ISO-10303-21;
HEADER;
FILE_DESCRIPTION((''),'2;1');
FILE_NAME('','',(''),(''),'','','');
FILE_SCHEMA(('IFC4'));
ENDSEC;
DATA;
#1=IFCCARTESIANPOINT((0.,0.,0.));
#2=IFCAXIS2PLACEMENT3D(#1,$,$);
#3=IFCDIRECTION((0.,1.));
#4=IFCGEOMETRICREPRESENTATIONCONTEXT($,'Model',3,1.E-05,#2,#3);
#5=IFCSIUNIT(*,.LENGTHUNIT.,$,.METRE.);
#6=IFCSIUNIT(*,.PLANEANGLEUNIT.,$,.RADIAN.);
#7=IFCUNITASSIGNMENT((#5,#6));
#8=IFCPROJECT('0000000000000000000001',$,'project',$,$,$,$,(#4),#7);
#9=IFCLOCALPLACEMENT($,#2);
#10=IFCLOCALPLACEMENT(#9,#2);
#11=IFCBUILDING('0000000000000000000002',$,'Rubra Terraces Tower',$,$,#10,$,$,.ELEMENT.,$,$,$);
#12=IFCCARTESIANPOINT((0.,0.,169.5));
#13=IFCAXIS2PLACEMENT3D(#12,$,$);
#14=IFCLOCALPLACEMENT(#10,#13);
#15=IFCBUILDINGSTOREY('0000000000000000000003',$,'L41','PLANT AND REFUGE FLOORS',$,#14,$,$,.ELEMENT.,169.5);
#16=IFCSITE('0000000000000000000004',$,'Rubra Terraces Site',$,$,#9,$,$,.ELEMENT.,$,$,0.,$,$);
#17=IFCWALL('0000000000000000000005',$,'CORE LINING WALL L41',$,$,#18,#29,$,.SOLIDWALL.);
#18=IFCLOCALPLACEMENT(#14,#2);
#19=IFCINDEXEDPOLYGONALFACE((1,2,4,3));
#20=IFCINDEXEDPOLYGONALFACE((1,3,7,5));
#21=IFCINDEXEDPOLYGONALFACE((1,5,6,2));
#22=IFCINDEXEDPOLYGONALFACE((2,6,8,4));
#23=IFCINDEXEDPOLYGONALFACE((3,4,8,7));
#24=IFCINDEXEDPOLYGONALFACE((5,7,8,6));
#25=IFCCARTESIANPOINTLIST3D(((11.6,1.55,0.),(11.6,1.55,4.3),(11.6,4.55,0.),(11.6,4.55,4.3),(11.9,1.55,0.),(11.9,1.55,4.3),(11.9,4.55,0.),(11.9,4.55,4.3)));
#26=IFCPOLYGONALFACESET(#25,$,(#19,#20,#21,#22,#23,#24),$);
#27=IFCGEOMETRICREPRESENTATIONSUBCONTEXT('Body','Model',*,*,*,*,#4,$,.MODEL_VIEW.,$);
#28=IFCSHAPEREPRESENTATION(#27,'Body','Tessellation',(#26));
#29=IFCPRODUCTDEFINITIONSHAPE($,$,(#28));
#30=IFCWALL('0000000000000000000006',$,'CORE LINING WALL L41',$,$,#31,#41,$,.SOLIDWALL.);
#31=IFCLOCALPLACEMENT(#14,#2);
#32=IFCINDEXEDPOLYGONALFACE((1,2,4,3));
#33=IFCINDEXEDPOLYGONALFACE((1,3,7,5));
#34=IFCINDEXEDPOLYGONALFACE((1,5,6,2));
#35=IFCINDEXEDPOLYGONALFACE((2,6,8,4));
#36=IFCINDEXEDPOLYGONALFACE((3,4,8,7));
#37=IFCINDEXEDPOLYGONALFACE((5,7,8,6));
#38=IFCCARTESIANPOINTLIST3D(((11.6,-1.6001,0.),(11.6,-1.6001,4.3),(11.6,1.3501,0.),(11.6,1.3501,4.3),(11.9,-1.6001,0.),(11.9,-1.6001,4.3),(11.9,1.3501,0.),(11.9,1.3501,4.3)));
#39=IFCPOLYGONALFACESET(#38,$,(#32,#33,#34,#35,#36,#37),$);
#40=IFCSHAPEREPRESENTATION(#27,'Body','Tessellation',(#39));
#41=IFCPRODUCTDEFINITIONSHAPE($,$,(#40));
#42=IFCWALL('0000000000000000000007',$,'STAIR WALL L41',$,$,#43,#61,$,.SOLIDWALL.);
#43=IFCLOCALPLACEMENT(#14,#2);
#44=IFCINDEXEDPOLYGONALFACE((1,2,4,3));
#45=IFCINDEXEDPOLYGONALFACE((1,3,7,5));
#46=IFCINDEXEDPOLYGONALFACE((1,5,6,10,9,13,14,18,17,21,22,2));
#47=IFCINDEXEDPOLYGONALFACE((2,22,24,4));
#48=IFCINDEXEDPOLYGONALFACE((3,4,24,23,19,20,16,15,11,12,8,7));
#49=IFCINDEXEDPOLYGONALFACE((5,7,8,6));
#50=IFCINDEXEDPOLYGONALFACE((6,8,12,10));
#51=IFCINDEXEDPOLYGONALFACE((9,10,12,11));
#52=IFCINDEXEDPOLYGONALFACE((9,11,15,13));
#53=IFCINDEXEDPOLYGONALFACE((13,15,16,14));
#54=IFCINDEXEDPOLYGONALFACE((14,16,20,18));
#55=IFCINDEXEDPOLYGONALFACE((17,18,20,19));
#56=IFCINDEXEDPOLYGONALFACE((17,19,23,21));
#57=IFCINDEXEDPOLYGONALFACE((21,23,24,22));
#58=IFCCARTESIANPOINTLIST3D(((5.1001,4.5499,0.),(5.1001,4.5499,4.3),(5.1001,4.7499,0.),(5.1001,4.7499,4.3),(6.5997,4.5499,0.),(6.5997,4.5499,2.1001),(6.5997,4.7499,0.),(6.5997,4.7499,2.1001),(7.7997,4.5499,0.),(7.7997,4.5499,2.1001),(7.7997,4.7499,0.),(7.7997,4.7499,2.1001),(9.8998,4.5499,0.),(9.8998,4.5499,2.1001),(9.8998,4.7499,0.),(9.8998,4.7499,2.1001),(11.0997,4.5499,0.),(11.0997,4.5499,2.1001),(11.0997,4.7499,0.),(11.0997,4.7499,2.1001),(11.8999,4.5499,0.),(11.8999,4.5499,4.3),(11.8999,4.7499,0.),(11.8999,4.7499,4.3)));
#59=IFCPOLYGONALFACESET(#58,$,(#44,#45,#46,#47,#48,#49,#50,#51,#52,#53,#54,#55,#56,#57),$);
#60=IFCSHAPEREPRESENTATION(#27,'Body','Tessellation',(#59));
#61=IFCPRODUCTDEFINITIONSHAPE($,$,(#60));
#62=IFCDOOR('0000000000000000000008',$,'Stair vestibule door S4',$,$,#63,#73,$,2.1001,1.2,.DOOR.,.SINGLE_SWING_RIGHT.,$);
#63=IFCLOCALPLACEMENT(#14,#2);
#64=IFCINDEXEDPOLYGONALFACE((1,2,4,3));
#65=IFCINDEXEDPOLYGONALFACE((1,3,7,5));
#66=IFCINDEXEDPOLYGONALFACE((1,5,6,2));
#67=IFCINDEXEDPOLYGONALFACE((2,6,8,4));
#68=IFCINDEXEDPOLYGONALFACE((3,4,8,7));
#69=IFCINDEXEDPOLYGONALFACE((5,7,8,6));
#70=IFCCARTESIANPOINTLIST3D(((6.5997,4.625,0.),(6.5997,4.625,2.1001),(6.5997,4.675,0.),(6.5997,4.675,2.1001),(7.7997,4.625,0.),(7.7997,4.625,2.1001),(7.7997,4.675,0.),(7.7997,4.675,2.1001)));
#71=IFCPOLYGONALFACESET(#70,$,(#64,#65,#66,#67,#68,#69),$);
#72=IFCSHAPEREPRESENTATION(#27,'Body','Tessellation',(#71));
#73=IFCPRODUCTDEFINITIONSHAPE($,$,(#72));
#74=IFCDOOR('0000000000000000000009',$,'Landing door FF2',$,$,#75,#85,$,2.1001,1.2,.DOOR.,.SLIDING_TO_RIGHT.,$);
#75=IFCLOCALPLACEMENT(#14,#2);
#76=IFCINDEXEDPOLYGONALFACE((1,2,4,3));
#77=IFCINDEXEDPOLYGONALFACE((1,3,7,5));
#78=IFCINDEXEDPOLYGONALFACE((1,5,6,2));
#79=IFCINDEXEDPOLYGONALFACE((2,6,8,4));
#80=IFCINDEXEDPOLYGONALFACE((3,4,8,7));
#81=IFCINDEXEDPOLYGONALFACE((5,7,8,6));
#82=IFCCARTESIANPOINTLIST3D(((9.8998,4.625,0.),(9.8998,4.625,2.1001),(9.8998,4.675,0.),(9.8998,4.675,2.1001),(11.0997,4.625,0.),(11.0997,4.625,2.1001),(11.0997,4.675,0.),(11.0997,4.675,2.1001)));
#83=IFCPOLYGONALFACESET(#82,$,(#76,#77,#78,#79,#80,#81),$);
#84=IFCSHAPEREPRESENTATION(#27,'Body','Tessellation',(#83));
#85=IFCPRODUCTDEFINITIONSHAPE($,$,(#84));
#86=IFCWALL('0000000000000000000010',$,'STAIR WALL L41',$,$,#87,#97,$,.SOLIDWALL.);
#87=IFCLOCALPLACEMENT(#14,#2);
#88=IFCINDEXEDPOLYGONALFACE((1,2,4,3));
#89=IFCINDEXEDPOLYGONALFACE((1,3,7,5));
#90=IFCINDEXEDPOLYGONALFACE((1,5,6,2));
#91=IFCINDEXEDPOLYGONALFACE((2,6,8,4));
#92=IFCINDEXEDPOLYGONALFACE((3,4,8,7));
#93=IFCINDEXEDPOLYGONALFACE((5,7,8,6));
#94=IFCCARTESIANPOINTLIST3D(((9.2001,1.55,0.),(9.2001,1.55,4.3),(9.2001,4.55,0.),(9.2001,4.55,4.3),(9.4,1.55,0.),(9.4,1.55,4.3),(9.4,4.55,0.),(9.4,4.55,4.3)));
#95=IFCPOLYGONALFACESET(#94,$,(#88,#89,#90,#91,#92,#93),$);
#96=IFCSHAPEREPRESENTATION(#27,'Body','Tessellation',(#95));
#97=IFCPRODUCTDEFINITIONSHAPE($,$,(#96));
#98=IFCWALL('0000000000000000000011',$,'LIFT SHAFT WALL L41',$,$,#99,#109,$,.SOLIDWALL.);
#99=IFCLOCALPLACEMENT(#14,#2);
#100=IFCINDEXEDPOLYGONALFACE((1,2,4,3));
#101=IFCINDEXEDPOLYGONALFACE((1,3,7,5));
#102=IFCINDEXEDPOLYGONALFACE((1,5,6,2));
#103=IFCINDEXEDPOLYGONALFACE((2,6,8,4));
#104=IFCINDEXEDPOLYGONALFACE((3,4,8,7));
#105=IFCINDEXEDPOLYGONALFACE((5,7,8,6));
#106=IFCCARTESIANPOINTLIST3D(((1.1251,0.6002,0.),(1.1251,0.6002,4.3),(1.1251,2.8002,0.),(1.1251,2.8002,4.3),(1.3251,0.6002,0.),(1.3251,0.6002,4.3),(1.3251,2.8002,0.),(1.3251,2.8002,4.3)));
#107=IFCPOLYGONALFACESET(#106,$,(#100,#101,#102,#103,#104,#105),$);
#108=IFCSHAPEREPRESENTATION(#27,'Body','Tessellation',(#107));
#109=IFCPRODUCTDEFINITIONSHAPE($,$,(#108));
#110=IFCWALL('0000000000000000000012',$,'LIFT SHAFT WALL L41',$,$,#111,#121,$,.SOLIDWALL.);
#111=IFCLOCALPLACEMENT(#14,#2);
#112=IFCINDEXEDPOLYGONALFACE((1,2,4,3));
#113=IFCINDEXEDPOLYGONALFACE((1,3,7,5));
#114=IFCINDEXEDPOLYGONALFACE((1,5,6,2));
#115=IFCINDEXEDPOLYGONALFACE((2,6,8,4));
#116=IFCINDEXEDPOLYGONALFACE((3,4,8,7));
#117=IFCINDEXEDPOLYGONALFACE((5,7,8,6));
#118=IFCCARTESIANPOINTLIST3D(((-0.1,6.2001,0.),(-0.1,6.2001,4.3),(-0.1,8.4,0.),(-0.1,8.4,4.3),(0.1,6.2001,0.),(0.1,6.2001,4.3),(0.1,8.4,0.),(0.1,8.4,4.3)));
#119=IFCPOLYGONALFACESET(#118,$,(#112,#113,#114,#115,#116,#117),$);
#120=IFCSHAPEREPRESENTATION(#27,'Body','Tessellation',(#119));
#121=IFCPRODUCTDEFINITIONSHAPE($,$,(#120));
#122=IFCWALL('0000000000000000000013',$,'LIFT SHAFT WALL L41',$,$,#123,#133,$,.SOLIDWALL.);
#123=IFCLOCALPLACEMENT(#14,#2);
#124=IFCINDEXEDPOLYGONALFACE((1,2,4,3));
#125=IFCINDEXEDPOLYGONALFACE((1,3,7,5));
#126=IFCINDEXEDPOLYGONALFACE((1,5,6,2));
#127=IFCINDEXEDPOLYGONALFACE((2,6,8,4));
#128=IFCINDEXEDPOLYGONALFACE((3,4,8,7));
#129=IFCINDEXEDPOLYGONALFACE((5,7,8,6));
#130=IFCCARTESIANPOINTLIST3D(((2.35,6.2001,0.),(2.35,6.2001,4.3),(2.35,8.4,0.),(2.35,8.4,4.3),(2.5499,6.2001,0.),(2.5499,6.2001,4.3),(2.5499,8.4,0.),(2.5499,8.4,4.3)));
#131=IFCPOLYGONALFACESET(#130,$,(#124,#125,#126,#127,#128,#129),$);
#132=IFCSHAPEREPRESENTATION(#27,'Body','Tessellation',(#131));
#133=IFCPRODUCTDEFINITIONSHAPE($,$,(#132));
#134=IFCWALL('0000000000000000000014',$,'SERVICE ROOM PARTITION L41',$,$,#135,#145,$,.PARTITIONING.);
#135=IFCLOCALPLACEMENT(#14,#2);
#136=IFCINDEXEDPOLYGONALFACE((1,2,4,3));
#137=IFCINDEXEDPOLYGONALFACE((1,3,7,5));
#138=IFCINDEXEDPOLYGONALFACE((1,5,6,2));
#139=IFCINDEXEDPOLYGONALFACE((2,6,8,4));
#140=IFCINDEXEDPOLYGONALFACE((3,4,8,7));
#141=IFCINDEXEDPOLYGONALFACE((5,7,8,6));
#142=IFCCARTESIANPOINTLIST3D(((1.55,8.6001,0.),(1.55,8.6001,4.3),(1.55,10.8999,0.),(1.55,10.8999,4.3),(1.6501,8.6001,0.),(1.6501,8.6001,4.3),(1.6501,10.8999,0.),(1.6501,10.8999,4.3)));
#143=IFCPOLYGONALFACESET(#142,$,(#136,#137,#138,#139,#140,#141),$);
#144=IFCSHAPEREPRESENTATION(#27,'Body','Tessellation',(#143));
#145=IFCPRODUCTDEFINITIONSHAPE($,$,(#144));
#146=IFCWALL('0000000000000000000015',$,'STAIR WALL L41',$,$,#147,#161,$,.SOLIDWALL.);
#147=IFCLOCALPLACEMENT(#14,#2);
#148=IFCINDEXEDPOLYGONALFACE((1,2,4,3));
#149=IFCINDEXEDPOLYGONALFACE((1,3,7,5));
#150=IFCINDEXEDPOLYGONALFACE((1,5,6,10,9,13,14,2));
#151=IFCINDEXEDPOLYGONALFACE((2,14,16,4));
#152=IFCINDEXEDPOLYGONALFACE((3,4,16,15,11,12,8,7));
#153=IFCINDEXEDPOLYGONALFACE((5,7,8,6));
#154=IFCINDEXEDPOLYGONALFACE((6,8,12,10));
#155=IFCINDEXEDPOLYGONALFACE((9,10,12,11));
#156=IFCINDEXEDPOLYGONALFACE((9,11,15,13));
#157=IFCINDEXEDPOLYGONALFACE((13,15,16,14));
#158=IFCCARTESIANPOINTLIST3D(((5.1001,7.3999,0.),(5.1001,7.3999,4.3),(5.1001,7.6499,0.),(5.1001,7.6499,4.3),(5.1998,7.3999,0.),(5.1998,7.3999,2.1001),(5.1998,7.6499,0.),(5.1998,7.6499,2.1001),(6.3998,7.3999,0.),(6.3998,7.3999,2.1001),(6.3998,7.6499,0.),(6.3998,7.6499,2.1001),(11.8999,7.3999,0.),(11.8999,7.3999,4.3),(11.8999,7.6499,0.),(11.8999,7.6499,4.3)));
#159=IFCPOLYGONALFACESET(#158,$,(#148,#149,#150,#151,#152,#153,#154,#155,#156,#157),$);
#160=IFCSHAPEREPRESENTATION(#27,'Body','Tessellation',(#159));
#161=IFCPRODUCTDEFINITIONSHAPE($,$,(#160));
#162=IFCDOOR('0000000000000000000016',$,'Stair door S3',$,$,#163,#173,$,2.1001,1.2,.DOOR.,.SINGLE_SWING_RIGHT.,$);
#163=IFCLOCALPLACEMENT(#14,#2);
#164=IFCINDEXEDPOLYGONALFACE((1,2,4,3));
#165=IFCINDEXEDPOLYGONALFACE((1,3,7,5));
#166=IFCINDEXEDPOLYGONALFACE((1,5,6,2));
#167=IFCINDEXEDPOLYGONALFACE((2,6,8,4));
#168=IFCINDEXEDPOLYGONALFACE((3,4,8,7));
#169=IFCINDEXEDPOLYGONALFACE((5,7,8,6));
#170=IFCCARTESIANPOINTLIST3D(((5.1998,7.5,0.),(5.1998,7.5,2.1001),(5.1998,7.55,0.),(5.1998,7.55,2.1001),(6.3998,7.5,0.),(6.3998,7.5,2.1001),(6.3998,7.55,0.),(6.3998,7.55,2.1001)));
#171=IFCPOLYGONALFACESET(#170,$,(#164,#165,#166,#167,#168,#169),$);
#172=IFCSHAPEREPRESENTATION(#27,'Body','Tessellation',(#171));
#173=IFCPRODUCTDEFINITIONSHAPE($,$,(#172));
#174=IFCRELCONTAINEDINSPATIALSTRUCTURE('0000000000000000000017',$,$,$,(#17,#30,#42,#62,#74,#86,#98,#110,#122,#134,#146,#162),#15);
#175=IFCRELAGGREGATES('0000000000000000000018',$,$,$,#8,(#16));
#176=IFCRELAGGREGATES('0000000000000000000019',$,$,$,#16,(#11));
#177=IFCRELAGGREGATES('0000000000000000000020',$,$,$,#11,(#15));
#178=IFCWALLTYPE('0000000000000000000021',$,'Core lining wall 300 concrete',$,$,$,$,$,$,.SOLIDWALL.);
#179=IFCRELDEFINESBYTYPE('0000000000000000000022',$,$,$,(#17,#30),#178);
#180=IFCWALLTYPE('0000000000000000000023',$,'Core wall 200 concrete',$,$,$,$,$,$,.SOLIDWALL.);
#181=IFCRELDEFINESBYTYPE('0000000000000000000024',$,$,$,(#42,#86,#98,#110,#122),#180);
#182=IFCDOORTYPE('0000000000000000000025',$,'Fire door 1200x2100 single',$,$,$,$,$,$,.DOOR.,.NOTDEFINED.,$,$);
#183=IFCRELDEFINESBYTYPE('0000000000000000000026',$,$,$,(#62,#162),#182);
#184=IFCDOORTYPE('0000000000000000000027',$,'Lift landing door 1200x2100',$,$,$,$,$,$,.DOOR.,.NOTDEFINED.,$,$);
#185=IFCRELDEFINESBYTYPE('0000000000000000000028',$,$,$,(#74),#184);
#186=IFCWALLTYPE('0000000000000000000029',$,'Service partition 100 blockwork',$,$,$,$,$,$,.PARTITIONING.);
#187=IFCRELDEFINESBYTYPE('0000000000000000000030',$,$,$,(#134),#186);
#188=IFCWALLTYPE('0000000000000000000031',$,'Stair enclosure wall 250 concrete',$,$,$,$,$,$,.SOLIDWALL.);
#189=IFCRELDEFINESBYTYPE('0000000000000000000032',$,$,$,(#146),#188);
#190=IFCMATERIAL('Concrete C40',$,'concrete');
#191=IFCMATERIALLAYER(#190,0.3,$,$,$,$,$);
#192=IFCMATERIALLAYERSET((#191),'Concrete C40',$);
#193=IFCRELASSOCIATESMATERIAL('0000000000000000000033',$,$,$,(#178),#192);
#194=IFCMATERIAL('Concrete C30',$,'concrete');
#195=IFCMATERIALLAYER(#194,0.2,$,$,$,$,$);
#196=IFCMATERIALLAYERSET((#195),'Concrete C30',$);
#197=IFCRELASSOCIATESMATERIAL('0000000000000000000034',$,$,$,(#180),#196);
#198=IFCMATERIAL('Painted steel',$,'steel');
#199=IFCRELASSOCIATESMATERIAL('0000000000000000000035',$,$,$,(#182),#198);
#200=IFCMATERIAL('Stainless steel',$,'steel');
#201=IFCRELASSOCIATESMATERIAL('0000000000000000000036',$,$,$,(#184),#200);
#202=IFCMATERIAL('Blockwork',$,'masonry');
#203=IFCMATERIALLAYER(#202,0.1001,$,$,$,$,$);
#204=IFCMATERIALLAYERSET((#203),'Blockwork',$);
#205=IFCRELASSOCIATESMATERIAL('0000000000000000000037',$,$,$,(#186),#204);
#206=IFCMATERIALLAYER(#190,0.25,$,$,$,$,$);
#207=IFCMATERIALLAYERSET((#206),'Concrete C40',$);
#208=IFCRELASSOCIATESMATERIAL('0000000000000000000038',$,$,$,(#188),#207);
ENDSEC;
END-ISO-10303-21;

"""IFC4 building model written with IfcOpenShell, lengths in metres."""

from ifc_helpers import new_model, si_unit, direction, frame, frame_2d, origin, place, context, subcontext, project, spatial, rectangle, extrude, material, layer, layer_set, type_object, element, fill, save


model = new_model("IFC4")

# Units and contexts
model_context = context("Model", 3, precision=1e-05, world=origin(), true_north=direction((0.0, 1.0)))
body_context = subcontext(model_context, "Body", "Model", "MODEL_VIEW")
ifc_project = project(units=[si_unit("LENGTHUNIT", "METRE"), si_unit("PLANEANGLEUNIT", "RADIAN")], contexts=[model_context])

# Site, building, storey
site_placement = place(None, origin())
site = spatial("IfcSite", under=ifc_project, at=site_placement, Name="Rubra Terraces Site", CompositionType="ELEMENT", RefElevation=0.0)
building_placement = place(site_placement, origin())
building = spatial("IfcBuilding", under=site, at=building_placement, Name="Rubra Terraces Tower", CompositionType="ELEMENT")
storey_placement = place(building_placement, frame((0.0, 0.0, 169.5)))
storey = spatial("IfcBuildingStorey", under=building, at=storey_placement, Name="L41", Description="PLANT AND REFUGE FLOORS", CompositionType="ELEMENT", Elevation=169.5)

# Walls
ifc_material_1 = material(Name="Concrete C40", Category="concrete")
ifc_layer_1 = layer(ifc_material_1, 0.3)
ifc_layer_set_1 = layer_set([ifc_layer_1], Name="Concrete C40")
wall_type_1 = type_object("IfcWallType", Name="Core lining wall 300 concrete", PredefinedType="SOLIDWALL", material=ifc_layer_set_1)
wall_1_placement = place(storey_placement, frame((11.75, 4.55, 0.0), z_axis=(0.0, 0.0, 1.0), x_axis=(0.0, -1.0, 0.0)))
element("IfcWall", 1, at=wall_1_placement, inside=storey, type_object=wall_type_1, Name="CORE LINING WALL L41", PredefinedType="SOLIDWALL", context=body_context, shape_type="SweptSolid", body=[
    extrude(rectangle(XDim=3.0, YDim=0.3, at=frame_2d((1.5, 0.0))), origin(), (0.0, 0.0, 1.0), 4.3),
])
wall_2_placement = place(storey_placement, frame((11.75, 1.3501, 0.0), z_axis=(0.0, 0.0, 1.0), x_axis=(0.0, -1.0, 0.0)))
element("IfcWall", 2, at=wall_2_placement, inside=storey, type_object=wall_type_1, Name="CORE LINING WALL L41", PredefinedType="SOLIDWALL", context=body_context, shape_type="SweptSolid", body=[
    extrude(rectangle(XDim=2.9502, YDim=0.3, at=frame_2d((1.4751, 0.0))), origin(), (0.0, 0.0, 1.0), 4.3),
])

# Wall, openings, doors
ifc_material_2 = material(Name="Concrete C30", Category="concrete")
ifc_layer_2 = layer(ifc_material_2, 0.2)
ifc_layer_set_2 = layer_set([ifc_layer_2], Name="Concrete C30")
wall_type_2 = type_object("IfcWallType", Name="Core wall 200 concrete", PredefinedType="SOLIDWALL", material=ifc_layer_set_2)
wall_3_placement = place(storey_placement, frame((11.8999, 4.6499, 0.0), z_axis=(0.0, 0.0, 1.0), x_axis=(-1.0, 0.0, 0.0)))
wall_3 = element("IfcWall", 3, at=wall_3_placement, inside=storey, type_object=wall_type_2, Name="STAIR WALL L41", PredefinedType="SOLIDWALL", context=body_context, shape_type="SweptSolid", body=[
    extrude(rectangle(XDim=6.7998, YDim=0.2, at=frame_2d((3.3999, 0.0))), origin(), (0.0, 0.0, 1.0), 4.3),
])
opening_1_placement = place(wall_3_placement, frame((4.1001, 0.0, 0.0)))
opening_1 = element("IfcOpeningElement", 4, at=opening_1_placement, cuts=wall_3, PredefinedType="OPENING", context=body_context, shape_type="SweptSolid", body=[
    extrude(rectangle(XDim=1.2, YDim=2.1001, at=frame_2d((0.6001, 1.05))), frame((0.0, 0.1099, 0.0), z_axis=(0.0, -1.0, 0.0), x_axis=(1.0, 0.0, 0.0)), (0.0, 0.0, 1.0), 0.22),
])
opening_2_placement = place(wall_3_placement, frame((0.8, 0.0, 0.0)))
opening_2 = element("IfcOpeningElement", 5, at=opening_2_placement, cuts=wall_3, PredefinedType="OPENING", context=body_context, shape_type="SweptSolid", body=[
    extrude(rectangle(XDim=1.2, YDim=2.1001, at=frame_2d((0.6001, 1.05))), frame((0.0, 0.1099, 0.0), z_axis=(0.0, -1.0, 0.0), x_axis=(1.0, 0.0, 0.0)), (0.0, 0.0, 1.0), 0.22),
])
ifc_material_3 = material(Name="Painted steel", Category="steel")
door_type_1 = type_object("IfcDoorType", Name="Fire door 1200x2100 single", OperationType="NOTDEFINED", PredefinedType="DOOR", material=ifc_material_3)
door_1_placement = place(opening_1_placement, origin())
door_1 = element("IfcDoor", 6, at=door_1_placement, inside=storey, type_object=door_type_1, Name="Stair vestibule door S4", OperationType="SINGLE_SWING_RIGHT", OverallHeight=2.1001, OverallWidth=1.2, PredefinedType="DOOR", context=body_context, shape_type="SweptSolid", body=[
    extrude(rectangle(XDim=1.2, YDim=2.1001, at=frame_2d((0.6001, 1.05))), frame((0.0, 0.0249, 0.0), z_axis=(0.0, -1.0, 0.0), x_axis=(1.0, 0.0, 0.0)), (0.0, 0.0, 1.0), 0.05),
])
fill(opening_1, door_1)
ifc_material_4 = material(Name="Stainless steel", Category="steel")
door_type_2 = type_object("IfcDoorType", Name="Lift landing door 1200x2100", OperationType="NOTDEFINED", PredefinedType="DOOR", material=ifc_material_4)
door_2_placement = place(opening_2_placement, origin())
door_2 = element("IfcDoor", 7, at=door_2_placement, inside=storey, type_object=door_type_2, Name="Landing door FF2", OperationType="SLIDING_TO_RIGHT", OverallHeight=2.1001, OverallWidth=1.2, PredefinedType="DOOR", context=body_context, shape_type="SweptSolid", body=[
    extrude(rectangle(XDim=1.2, YDim=2.1001, at=frame_2d((0.6001, 1.05))), frame((0.0, 0.0249, 0.0), z_axis=(0.0, -1.0, 0.0), x_axis=(1.0, 0.0, 0.0)), (0.0, 0.0, 1.0), 0.05),
])
fill(opening_2, door_2)

# Walls
wall_4_placement = place(storey_placement, frame((9.3, 4.55, 0.0), z_axis=(0.0, 0.0, 1.0), x_axis=(0.0, -1.0, 0.0)))
element("IfcWall", 8, at=wall_4_placement, inside=storey, type_object=wall_type_2, Name="STAIR WALL L41", PredefinedType="SOLIDWALL", context=body_context, shape_type="SweptSolid", body=[
    extrude(rectangle(XDim=3.0, YDim=0.2, at=frame_2d((1.5, 0.0))), origin(), (0.0, 0.0, 1.0), 4.3),
])
for number, where, z_axis, x_axis, name in (
    (9, (1.2251, 0.6001, 0.0), (0.0, 0.0, 1.0), (0.0, 1.0, 0.0), "LIFT SHAFT WALL L41"),
    (10, (0.0, 6.2, 0.0), (0.0, 0.0, 1.0), (0.0, 1.0, 0.0), "LIFT SHAFT WALL L41"),
    (11, (2.45, 6.2, 0.0), (0.0, 0.0, 1.0), (0.0, 1.0, 0.0), "LIFT SHAFT WALL L41"),
):
    element("IfcWall", number, at=place(storey_placement, frame(where, z_axis=z_axis, x_axis=x_axis)), inside=storey, type_object=wall_type_2, Name=name, PredefinedType="SOLIDWALL", context=body_context, shape_type="SweptSolid", body=[
        extrude(rectangle(XDim=2.2, YDim=0.2, at=frame_2d((1.1001, 0.0))), origin(), (0.0, 0.0, 1.0), 4.3),
    ])
ifc_material_5 = material(Name="Blockwork", Category="masonry")
ifc_layer_3 = layer(ifc_material_5, 0.1001)
ifc_layer_set_3 = layer_set([ifc_layer_3], Name="Blockwork")
wall_type_3 = type_object("IfcWallType", Name="Service partition 100 blockwork", PredefinedType="PARTITIONING", material=ifc_layer_set_3)
wall_5_placement = place(storey_placement, frame((1.6001, 8.6001, 0.0), z_axis=(0.0, 0.0, 1.0), x_axis=(0.0, 1.0, 0.0)))
element("IfcWall", 12, at=wall_5_placement, inside=storey, type_object=wall_type_3, Name="SERVICE ROOM PARTITION L41", PredefinedType="PARTITIONING", context=body_context, shape_type="SweptSolid", body=[
    extrude(rectangle(XDim=2.2998, YDim=0.1001, at=frame_2d((1.1499, 0.0))), origin(), (0.0, 0.0, 1.0), 4.3),
])

# Wall, opening, door
ifc_layer_4 = layer(ifc_material_1, 0.25)
ifc_layer_set_4 = layer_set([ifc_layer_4], Name="Concrete C40")
wall_type_4 = type_object("IfcWallType", Name="Stair enclosure wall 250 concrete", PredefinedType="SOLIDWALL", material=ifc_layer_set_4)
wall_6_placement = place(storey_placement, frame((11.8999, 7.5249, 0.0), z_axis=(0.0, 0.0, 1.0), x_axis=(-1.0, 0.0, 0.0)))
wall_6 = element("IfcWall", 13, at=wall_6_placement, inside=storey, type_object=wall_type_4, Name="STAIR WALL L41", PredefinedType="SOLIDWALL", context=body_context, shape_type="SweptSolid", body=[
    extrude(rectangle(XDim=6.7998, YDim=0.25, at=frame_2d((3.3999, 0.0))), origin(), (0.0, 0.0, 1.0), 4.3),
])
opening_3_placement = place(wall_6_placement, frame((5.5, 0.0, 0.0)))
opening_3 = element("IfcOpeningElement", 14, at=opening_3_placement, cuts=wall_6, PredefinedType="OPENING", context=body_context, shape_type="SweptSolid", body=[
    extrude(rectangle(XDim=1.2, YDim=2.1001, at=frame_2d((0.6001, 1.05))), frame((0.0, 0.135, 0.0), z_axis=(0.0, -1.0, 0.0), x_axis=(1.0, 0.0, 0.0)), (0.0, 0.0, 1.0), 0.27),
])
door_3_placement = place(opening_3_placement, origin())
door_3 = element("IfcDoor", 15, at=door_3_placement, inside=storey, type_object=door_type_1, Name="Stair door S3", OperationType="SINGLE_SWING_RIGHT", OverallHeight=2.1001, OverallWidth=1.2, PredefinedType="DOOR", context=body_context, shape_type="SweptSolid", body=[
    extrude(rectangle(XDim=1.2, YDim=2.1001, at=frame_2d((0.6001, 1.05))), frame((0.0, 0.0249, 0.0), z_axis=(0.0, -1.0, 0.0), x_axis=(1.0, 0.0, 0.0)), (0.0, 0.0, 1.0), 0.05),
])
fill(opening_3, door_3)

save(model, "model.ifc")
